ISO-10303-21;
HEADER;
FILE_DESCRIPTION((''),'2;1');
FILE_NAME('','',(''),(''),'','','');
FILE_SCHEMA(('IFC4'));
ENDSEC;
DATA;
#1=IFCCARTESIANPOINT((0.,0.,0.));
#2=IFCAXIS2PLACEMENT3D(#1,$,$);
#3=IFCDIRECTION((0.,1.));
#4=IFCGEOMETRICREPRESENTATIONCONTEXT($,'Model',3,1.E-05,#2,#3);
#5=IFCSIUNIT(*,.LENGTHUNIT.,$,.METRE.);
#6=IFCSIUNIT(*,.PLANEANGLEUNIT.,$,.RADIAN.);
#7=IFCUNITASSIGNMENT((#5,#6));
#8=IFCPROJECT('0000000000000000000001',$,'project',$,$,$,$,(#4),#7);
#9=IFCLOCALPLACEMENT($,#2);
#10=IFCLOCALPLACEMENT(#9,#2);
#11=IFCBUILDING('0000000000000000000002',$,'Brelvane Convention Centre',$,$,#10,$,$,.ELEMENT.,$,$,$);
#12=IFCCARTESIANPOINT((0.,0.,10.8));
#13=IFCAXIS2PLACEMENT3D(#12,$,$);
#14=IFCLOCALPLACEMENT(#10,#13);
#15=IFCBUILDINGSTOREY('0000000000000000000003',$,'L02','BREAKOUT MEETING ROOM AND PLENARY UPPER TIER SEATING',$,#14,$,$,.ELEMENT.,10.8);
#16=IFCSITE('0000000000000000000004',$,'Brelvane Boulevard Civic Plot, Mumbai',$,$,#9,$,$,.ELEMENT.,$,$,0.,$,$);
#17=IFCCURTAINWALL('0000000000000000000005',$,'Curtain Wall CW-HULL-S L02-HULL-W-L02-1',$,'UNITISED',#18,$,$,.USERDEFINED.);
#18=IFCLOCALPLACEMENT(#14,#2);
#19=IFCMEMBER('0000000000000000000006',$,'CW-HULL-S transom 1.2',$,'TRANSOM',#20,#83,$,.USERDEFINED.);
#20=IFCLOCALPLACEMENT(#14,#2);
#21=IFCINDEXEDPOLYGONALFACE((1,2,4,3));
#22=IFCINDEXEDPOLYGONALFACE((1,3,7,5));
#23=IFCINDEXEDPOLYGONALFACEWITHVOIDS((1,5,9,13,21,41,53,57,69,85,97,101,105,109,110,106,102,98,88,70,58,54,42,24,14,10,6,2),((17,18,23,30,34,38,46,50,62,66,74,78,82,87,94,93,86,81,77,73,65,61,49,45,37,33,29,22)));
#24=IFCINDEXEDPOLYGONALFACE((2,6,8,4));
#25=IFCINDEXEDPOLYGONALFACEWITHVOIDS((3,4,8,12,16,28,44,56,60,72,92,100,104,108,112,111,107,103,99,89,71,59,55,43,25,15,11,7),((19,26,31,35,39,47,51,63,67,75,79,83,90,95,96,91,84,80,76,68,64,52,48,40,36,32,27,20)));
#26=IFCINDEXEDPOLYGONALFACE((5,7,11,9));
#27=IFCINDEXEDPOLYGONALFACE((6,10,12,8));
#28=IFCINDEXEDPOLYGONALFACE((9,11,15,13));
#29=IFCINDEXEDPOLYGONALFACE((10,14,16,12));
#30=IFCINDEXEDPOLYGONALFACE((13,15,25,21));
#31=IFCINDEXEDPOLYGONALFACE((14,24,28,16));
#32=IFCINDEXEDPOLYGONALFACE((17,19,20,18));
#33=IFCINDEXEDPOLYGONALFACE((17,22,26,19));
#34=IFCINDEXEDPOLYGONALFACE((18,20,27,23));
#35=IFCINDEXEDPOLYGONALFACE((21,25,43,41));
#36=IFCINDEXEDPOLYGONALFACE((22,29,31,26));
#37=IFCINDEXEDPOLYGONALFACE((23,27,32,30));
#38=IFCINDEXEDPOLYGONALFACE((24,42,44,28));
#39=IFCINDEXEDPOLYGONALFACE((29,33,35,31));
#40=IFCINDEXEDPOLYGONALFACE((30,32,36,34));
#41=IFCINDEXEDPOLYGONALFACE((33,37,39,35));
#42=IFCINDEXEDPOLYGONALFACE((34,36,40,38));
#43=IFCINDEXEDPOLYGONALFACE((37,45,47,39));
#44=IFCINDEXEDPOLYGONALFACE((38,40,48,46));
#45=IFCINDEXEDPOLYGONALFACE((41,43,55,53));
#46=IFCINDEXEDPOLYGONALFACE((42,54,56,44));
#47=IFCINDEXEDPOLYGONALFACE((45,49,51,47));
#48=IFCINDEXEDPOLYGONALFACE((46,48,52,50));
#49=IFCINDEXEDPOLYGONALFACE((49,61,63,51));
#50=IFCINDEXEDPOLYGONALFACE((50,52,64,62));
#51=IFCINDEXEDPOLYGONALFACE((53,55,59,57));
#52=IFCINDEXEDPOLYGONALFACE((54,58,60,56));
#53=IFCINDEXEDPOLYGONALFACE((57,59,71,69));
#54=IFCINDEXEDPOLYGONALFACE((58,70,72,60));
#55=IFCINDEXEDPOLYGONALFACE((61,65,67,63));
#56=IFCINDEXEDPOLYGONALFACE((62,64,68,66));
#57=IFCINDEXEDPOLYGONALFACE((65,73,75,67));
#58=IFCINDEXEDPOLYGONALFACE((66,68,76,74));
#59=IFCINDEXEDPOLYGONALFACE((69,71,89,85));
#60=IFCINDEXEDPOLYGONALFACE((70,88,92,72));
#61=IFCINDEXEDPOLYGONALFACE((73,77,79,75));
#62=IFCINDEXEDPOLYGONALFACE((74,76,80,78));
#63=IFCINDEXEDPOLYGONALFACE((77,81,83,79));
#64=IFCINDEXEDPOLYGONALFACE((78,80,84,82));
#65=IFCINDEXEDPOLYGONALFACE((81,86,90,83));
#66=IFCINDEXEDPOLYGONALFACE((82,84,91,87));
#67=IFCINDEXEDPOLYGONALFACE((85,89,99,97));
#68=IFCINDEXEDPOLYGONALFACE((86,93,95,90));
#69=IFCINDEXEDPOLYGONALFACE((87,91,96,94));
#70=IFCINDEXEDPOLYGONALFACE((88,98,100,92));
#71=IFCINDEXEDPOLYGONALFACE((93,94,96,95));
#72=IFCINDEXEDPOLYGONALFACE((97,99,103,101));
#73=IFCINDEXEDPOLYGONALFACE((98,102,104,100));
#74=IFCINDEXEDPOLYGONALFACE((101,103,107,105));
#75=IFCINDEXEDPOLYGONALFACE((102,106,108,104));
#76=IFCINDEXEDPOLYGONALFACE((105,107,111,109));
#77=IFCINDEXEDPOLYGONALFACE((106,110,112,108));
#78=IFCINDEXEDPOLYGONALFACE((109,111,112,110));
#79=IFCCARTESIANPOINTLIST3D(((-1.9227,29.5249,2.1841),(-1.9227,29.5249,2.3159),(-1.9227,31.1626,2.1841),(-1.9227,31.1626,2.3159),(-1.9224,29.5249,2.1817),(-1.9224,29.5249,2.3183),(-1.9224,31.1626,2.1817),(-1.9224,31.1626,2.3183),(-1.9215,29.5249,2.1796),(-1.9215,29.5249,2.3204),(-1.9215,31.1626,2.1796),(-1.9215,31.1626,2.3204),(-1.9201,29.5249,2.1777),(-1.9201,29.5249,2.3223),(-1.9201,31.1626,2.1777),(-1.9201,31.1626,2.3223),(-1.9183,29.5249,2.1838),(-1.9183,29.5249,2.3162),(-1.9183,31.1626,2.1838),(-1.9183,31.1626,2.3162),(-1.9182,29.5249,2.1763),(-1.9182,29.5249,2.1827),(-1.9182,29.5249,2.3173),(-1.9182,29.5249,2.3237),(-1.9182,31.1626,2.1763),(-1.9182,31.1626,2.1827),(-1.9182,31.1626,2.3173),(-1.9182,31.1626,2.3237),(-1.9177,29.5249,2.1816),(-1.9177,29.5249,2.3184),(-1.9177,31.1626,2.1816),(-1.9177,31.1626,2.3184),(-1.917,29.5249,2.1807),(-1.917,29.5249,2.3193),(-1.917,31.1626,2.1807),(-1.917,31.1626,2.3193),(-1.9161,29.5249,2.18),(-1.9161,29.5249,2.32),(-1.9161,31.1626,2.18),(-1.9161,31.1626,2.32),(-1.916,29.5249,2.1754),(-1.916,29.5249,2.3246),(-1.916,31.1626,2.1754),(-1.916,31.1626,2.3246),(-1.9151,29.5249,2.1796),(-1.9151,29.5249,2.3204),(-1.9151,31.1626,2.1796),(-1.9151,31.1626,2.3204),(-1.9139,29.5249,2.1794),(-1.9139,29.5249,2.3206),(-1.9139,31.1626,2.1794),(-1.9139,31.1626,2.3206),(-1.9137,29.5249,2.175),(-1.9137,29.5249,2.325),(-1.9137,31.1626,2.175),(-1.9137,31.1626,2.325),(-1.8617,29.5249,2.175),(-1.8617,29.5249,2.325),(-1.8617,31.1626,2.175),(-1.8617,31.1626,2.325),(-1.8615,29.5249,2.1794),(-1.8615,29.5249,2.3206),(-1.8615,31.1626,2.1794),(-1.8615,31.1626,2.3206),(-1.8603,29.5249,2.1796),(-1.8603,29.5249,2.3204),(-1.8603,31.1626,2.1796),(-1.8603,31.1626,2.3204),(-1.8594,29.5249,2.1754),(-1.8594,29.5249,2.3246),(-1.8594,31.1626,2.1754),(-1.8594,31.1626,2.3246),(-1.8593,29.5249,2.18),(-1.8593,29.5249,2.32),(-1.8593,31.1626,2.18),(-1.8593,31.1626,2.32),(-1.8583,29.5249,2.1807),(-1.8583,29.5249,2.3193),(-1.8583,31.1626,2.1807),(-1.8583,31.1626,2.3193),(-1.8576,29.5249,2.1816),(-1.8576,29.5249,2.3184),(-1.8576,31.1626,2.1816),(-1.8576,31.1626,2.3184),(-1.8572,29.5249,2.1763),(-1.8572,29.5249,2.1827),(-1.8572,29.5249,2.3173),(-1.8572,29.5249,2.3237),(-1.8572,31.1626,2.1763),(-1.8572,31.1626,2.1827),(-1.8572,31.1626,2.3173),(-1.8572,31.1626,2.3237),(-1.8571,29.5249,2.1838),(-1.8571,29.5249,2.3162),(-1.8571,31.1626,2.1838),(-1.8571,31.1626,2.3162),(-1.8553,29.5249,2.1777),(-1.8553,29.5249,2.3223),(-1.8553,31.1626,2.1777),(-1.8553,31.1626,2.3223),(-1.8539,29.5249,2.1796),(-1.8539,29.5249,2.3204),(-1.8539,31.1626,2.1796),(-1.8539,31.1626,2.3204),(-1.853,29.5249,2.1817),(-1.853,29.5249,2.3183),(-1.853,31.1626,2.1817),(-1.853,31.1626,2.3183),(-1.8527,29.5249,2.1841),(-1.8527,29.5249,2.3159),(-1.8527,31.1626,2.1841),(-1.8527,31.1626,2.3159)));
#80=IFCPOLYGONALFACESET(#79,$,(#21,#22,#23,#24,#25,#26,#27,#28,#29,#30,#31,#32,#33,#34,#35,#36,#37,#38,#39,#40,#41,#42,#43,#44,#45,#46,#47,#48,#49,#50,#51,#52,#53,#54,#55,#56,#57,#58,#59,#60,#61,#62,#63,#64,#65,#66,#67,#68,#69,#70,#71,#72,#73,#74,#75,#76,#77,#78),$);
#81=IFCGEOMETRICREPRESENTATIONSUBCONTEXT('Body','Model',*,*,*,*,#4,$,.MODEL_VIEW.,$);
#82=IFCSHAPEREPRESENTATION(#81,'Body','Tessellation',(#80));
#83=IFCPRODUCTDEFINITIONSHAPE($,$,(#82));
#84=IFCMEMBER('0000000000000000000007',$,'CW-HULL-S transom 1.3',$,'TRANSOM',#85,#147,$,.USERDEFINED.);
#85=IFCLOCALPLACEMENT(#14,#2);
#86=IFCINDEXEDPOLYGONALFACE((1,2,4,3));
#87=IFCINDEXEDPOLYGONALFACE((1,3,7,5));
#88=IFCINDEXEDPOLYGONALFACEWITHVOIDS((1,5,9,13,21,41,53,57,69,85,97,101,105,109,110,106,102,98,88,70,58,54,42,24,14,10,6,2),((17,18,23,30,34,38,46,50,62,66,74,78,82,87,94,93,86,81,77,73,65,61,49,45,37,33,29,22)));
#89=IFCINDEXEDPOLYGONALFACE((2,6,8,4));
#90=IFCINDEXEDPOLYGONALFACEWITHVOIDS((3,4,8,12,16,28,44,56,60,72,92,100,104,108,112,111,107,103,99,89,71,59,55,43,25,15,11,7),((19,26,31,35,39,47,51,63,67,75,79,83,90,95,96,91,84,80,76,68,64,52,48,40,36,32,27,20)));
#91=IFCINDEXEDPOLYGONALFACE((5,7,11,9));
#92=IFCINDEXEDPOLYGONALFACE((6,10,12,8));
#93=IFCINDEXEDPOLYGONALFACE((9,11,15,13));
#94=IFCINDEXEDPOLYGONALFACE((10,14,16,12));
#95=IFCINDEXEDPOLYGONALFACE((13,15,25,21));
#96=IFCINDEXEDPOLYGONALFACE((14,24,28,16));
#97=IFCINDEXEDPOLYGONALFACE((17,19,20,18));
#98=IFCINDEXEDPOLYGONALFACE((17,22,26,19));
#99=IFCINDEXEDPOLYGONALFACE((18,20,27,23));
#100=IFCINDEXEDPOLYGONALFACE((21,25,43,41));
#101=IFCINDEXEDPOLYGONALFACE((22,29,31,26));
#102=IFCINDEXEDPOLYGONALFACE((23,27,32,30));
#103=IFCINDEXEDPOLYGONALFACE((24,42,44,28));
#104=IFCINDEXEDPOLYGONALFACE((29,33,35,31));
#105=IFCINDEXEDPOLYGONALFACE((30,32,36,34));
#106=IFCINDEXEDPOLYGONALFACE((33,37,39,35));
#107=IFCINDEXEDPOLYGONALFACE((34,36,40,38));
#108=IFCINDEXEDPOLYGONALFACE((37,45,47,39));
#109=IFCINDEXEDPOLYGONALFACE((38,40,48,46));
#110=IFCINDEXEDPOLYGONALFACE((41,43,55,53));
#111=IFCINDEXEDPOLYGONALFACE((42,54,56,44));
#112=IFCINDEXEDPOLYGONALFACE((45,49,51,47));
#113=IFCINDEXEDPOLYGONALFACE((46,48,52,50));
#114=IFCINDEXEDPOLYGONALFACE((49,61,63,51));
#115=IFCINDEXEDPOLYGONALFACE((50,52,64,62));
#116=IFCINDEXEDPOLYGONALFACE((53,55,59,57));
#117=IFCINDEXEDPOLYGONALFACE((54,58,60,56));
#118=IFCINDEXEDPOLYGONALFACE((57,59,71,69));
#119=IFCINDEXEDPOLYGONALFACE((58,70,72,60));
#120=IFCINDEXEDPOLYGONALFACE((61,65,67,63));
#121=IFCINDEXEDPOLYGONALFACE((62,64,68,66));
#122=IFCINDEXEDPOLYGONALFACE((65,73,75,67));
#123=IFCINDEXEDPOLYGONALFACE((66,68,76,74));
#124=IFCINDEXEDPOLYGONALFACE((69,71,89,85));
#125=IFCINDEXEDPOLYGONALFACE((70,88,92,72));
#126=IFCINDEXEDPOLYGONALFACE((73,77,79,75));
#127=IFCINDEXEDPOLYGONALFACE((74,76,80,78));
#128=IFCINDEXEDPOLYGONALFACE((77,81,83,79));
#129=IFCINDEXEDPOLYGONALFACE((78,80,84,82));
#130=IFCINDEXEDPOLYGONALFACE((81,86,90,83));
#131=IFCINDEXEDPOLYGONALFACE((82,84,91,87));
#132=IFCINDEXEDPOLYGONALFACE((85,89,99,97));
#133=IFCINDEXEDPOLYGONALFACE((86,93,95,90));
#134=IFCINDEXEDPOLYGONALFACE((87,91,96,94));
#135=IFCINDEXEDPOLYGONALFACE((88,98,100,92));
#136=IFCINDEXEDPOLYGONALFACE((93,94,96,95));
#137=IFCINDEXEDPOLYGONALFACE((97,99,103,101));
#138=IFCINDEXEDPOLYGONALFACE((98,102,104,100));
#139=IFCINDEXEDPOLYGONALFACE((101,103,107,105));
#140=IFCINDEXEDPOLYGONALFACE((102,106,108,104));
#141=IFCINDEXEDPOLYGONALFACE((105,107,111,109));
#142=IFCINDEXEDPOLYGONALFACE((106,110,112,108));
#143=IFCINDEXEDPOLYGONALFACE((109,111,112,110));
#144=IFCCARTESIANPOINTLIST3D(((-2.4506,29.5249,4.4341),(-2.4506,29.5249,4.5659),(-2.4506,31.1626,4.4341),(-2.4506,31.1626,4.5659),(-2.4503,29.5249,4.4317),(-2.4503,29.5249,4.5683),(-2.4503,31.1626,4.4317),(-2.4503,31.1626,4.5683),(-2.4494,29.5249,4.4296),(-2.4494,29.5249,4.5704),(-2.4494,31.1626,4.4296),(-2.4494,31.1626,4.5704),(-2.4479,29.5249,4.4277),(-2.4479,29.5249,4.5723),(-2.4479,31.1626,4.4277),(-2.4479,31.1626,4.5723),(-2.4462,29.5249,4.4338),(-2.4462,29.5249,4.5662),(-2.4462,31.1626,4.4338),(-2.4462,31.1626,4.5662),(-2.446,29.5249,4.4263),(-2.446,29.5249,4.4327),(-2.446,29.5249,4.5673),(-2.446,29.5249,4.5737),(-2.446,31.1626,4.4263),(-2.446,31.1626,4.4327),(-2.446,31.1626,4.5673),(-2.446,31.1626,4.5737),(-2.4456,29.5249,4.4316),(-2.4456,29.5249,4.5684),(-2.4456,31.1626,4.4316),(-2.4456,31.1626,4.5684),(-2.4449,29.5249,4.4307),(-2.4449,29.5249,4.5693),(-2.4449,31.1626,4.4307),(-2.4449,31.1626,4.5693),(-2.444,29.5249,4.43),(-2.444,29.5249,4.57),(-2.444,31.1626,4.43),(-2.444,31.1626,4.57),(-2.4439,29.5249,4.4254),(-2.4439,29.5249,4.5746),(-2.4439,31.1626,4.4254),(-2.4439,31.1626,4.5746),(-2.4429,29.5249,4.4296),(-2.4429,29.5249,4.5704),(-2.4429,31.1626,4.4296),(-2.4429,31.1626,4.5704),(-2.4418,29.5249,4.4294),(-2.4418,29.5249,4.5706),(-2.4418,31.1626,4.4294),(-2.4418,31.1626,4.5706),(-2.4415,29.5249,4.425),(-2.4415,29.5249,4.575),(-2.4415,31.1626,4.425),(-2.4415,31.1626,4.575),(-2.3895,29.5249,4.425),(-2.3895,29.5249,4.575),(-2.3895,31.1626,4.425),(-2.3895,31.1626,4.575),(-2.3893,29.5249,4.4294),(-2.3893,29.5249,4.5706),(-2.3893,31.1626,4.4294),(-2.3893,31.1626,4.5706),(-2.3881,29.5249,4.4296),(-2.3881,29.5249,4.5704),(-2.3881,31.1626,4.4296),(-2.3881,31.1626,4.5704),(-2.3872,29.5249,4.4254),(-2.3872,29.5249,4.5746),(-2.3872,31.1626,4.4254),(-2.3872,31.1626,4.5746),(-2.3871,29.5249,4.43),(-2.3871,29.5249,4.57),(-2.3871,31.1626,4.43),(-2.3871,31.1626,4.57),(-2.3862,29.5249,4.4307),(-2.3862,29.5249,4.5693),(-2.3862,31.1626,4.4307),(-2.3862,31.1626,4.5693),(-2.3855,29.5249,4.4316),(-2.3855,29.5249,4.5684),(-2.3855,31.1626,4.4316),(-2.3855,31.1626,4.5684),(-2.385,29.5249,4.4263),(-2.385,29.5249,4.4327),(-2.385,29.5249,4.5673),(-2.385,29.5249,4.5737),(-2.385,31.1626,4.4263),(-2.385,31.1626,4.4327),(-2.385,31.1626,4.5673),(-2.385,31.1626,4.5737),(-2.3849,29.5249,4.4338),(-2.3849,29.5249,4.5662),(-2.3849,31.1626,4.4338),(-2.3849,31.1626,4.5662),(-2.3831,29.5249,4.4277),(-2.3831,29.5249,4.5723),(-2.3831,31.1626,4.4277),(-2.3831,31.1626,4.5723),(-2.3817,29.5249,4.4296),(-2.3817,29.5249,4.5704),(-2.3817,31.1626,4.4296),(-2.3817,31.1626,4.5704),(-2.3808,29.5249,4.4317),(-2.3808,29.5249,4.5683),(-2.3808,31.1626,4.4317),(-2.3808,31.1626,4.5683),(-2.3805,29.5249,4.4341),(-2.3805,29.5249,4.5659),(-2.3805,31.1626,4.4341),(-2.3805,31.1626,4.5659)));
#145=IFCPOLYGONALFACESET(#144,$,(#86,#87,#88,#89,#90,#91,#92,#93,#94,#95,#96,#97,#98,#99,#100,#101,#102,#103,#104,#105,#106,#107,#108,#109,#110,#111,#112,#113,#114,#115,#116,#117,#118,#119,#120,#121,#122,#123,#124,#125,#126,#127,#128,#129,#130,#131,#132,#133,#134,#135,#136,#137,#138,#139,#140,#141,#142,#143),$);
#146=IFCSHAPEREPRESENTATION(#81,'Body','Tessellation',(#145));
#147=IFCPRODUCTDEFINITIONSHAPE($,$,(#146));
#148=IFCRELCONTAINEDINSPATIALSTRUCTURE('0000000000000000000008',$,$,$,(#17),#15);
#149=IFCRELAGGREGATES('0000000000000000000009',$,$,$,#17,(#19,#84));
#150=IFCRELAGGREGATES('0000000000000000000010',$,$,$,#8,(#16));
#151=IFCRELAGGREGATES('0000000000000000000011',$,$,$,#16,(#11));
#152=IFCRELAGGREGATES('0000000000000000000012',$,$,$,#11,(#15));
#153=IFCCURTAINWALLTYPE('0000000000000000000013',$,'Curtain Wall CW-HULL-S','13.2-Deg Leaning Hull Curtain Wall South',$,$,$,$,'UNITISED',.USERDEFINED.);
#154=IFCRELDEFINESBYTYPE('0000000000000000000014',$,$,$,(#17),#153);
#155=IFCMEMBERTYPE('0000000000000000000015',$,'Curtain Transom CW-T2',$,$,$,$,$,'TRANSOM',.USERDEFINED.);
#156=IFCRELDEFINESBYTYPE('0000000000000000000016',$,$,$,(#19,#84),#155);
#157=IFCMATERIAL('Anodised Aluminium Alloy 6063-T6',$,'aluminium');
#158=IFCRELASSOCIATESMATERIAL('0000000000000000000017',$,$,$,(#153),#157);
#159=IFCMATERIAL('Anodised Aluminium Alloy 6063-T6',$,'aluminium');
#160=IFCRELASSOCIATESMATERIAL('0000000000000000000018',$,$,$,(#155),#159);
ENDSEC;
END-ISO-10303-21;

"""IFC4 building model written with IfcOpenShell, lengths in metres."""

from ifc_helpers import new_model, si_unit, direction, frame, origin, origin_2d, place, context, subcontext, project, spatial, hollow_rectangle, extrude, material, material_profile, profile_set, type_object, element, aggregate, save


model = new_model("IFC4")

# Units and contexts
model_context = context("Model", 3, precision=1e-05, world=origin(), true_north=direction((0.0, 1.0)))
body_context = subcontext(model_context, "Body", "Model", "MODEL_VIEW")
ifc_project = project(units=[si_unit("LENGTHUNIT", "METRE"), si_unit("PLANEANGLEUNIT", "RADIAN")], contexts=[model_context])

# Site, building, storey
site_placement = place(None, origin())
site = spatial("IfcSite", under=ifc_project, at=site_placement, Name="Brelvane Boulevard Civic Plot, Mumbai", CompositionType="ELEMENT", RefElevation=0.0)
building_placement = place(site_placement, origin())
building = spatial("IfcBuilding", under=site, at=building_placement, Name="Brelvane Convention Centre", CompositionType="ELEMENT")
storey_placement = place(building_placement, frame((0.0, 0.0, 10.8)))
storey = spatial("IfcBuildingStorey", under=building, at=storey_placement, Name="L02", Description="BREAKOUT MEETING ROOM AND PLENARY UPPER TIER SEATING", CompositionType="ELEMENT", Elevation=10.8)

# Curtain wall, members
ifc_material_1 = material(Name="Anodised Aluminium Alloy 6063-T6", Category="aluminium")
curtain_wall_type = type_object("IfcCurtainWallType", Name="Curtain Wall CW-HULL-S", Description="13.2-Deg Leaning Hull Curtain Wall South", ElementType="UNITISED", PredefinedType="USERDEFINED", material=ifc_material_1)
curtain_wall_1_placement = place(storey_placement, origin())
curtain_wall_1 = element("IfcCurtainWall", 1, at=curtain_wall_1_placement, inside=storey, type_object=curtain_wall_type, Name="Curtain Wall CW-HULL-S L02-HULL-W-L02-1", ObjectType="UNITISED", PredefinedType="USERDEFINED")
ifc_material_2 = material(Name="Anodised Aluminium Alloy 6063-T6", Category="aluminium")
ifc_material_profile = material_profile(ifc_material_2, hollow_rectangle(XDim=0.0701, YDim=0.1499, WallThickness=0.0044, InnerFilletRadius=0.0044, OuterFilletRadius=0.009, at=origin_2d()), Name="ALU-T 150x70x4.5")
ifc_profile_set = profile_set([ifc_material_profile], Name="Anodised Aluminium Alloy 6063-T6")
member_type = type_object("IfcMemberType", Name="Curtain Transom CW-T2", ElementType="TRANSOM", PredefinedType="USERDEFINED", material=ifc_profile_set)
member_1_placement = place(storey_placement, frame((-1.8877, 29.5249, 2.25), z_axis=(0.0, 1.0, 0.0), x_axis=(-1.0, 0.0, 0.0)))
member_1 = element("IfcMember", 2, at=member_1_placement, type_object=member_type, Name="CW-HULL-S transom 1.2", ObjectType="TRANSOM", PredefinedType="USERDEFINED", context=body_context, shape_type="SweptSolid", body=[
    extrude(hollow_rectangle(XDim=0.0701, YDim=0.1499, WallThickness=0.0044, InnerFilletRadius=0.0044, OuterFilletRadius=0.009, at=origin_2d()), origin(), (0.0, 0.0, 1.0), 1.6377),
])
member_2_placement = place(storey_placement, frame((-2.4155, 29.5249, 4.5), z_axis=(0.0, 1.0, 0.0), x_axis=(-1.0, 0.0, 0.0)))
member_2 = element("IfcMember", 3, at=member_2_placement, type_object=member_type, Name="CW-HULL-S transom 1.3", ObjectType="TRANSOM", PredefinedType="USERDEFINED", context=body_context, shape_type="SweptSolid", body=[
    extrude(hollow_rectangle(XDim=0.0701, YDim=0.1499, WallThickness=0.0044, InnerFilletRadius=0.0044, OuterFilletRadius=0.009, at=origin_2d()), origin(), (0.0, 0.0, 1.0), 1.6377),
])

aggregate(curtain_wall_1, [member_1, member_2])

save(model, "model.ifc")
